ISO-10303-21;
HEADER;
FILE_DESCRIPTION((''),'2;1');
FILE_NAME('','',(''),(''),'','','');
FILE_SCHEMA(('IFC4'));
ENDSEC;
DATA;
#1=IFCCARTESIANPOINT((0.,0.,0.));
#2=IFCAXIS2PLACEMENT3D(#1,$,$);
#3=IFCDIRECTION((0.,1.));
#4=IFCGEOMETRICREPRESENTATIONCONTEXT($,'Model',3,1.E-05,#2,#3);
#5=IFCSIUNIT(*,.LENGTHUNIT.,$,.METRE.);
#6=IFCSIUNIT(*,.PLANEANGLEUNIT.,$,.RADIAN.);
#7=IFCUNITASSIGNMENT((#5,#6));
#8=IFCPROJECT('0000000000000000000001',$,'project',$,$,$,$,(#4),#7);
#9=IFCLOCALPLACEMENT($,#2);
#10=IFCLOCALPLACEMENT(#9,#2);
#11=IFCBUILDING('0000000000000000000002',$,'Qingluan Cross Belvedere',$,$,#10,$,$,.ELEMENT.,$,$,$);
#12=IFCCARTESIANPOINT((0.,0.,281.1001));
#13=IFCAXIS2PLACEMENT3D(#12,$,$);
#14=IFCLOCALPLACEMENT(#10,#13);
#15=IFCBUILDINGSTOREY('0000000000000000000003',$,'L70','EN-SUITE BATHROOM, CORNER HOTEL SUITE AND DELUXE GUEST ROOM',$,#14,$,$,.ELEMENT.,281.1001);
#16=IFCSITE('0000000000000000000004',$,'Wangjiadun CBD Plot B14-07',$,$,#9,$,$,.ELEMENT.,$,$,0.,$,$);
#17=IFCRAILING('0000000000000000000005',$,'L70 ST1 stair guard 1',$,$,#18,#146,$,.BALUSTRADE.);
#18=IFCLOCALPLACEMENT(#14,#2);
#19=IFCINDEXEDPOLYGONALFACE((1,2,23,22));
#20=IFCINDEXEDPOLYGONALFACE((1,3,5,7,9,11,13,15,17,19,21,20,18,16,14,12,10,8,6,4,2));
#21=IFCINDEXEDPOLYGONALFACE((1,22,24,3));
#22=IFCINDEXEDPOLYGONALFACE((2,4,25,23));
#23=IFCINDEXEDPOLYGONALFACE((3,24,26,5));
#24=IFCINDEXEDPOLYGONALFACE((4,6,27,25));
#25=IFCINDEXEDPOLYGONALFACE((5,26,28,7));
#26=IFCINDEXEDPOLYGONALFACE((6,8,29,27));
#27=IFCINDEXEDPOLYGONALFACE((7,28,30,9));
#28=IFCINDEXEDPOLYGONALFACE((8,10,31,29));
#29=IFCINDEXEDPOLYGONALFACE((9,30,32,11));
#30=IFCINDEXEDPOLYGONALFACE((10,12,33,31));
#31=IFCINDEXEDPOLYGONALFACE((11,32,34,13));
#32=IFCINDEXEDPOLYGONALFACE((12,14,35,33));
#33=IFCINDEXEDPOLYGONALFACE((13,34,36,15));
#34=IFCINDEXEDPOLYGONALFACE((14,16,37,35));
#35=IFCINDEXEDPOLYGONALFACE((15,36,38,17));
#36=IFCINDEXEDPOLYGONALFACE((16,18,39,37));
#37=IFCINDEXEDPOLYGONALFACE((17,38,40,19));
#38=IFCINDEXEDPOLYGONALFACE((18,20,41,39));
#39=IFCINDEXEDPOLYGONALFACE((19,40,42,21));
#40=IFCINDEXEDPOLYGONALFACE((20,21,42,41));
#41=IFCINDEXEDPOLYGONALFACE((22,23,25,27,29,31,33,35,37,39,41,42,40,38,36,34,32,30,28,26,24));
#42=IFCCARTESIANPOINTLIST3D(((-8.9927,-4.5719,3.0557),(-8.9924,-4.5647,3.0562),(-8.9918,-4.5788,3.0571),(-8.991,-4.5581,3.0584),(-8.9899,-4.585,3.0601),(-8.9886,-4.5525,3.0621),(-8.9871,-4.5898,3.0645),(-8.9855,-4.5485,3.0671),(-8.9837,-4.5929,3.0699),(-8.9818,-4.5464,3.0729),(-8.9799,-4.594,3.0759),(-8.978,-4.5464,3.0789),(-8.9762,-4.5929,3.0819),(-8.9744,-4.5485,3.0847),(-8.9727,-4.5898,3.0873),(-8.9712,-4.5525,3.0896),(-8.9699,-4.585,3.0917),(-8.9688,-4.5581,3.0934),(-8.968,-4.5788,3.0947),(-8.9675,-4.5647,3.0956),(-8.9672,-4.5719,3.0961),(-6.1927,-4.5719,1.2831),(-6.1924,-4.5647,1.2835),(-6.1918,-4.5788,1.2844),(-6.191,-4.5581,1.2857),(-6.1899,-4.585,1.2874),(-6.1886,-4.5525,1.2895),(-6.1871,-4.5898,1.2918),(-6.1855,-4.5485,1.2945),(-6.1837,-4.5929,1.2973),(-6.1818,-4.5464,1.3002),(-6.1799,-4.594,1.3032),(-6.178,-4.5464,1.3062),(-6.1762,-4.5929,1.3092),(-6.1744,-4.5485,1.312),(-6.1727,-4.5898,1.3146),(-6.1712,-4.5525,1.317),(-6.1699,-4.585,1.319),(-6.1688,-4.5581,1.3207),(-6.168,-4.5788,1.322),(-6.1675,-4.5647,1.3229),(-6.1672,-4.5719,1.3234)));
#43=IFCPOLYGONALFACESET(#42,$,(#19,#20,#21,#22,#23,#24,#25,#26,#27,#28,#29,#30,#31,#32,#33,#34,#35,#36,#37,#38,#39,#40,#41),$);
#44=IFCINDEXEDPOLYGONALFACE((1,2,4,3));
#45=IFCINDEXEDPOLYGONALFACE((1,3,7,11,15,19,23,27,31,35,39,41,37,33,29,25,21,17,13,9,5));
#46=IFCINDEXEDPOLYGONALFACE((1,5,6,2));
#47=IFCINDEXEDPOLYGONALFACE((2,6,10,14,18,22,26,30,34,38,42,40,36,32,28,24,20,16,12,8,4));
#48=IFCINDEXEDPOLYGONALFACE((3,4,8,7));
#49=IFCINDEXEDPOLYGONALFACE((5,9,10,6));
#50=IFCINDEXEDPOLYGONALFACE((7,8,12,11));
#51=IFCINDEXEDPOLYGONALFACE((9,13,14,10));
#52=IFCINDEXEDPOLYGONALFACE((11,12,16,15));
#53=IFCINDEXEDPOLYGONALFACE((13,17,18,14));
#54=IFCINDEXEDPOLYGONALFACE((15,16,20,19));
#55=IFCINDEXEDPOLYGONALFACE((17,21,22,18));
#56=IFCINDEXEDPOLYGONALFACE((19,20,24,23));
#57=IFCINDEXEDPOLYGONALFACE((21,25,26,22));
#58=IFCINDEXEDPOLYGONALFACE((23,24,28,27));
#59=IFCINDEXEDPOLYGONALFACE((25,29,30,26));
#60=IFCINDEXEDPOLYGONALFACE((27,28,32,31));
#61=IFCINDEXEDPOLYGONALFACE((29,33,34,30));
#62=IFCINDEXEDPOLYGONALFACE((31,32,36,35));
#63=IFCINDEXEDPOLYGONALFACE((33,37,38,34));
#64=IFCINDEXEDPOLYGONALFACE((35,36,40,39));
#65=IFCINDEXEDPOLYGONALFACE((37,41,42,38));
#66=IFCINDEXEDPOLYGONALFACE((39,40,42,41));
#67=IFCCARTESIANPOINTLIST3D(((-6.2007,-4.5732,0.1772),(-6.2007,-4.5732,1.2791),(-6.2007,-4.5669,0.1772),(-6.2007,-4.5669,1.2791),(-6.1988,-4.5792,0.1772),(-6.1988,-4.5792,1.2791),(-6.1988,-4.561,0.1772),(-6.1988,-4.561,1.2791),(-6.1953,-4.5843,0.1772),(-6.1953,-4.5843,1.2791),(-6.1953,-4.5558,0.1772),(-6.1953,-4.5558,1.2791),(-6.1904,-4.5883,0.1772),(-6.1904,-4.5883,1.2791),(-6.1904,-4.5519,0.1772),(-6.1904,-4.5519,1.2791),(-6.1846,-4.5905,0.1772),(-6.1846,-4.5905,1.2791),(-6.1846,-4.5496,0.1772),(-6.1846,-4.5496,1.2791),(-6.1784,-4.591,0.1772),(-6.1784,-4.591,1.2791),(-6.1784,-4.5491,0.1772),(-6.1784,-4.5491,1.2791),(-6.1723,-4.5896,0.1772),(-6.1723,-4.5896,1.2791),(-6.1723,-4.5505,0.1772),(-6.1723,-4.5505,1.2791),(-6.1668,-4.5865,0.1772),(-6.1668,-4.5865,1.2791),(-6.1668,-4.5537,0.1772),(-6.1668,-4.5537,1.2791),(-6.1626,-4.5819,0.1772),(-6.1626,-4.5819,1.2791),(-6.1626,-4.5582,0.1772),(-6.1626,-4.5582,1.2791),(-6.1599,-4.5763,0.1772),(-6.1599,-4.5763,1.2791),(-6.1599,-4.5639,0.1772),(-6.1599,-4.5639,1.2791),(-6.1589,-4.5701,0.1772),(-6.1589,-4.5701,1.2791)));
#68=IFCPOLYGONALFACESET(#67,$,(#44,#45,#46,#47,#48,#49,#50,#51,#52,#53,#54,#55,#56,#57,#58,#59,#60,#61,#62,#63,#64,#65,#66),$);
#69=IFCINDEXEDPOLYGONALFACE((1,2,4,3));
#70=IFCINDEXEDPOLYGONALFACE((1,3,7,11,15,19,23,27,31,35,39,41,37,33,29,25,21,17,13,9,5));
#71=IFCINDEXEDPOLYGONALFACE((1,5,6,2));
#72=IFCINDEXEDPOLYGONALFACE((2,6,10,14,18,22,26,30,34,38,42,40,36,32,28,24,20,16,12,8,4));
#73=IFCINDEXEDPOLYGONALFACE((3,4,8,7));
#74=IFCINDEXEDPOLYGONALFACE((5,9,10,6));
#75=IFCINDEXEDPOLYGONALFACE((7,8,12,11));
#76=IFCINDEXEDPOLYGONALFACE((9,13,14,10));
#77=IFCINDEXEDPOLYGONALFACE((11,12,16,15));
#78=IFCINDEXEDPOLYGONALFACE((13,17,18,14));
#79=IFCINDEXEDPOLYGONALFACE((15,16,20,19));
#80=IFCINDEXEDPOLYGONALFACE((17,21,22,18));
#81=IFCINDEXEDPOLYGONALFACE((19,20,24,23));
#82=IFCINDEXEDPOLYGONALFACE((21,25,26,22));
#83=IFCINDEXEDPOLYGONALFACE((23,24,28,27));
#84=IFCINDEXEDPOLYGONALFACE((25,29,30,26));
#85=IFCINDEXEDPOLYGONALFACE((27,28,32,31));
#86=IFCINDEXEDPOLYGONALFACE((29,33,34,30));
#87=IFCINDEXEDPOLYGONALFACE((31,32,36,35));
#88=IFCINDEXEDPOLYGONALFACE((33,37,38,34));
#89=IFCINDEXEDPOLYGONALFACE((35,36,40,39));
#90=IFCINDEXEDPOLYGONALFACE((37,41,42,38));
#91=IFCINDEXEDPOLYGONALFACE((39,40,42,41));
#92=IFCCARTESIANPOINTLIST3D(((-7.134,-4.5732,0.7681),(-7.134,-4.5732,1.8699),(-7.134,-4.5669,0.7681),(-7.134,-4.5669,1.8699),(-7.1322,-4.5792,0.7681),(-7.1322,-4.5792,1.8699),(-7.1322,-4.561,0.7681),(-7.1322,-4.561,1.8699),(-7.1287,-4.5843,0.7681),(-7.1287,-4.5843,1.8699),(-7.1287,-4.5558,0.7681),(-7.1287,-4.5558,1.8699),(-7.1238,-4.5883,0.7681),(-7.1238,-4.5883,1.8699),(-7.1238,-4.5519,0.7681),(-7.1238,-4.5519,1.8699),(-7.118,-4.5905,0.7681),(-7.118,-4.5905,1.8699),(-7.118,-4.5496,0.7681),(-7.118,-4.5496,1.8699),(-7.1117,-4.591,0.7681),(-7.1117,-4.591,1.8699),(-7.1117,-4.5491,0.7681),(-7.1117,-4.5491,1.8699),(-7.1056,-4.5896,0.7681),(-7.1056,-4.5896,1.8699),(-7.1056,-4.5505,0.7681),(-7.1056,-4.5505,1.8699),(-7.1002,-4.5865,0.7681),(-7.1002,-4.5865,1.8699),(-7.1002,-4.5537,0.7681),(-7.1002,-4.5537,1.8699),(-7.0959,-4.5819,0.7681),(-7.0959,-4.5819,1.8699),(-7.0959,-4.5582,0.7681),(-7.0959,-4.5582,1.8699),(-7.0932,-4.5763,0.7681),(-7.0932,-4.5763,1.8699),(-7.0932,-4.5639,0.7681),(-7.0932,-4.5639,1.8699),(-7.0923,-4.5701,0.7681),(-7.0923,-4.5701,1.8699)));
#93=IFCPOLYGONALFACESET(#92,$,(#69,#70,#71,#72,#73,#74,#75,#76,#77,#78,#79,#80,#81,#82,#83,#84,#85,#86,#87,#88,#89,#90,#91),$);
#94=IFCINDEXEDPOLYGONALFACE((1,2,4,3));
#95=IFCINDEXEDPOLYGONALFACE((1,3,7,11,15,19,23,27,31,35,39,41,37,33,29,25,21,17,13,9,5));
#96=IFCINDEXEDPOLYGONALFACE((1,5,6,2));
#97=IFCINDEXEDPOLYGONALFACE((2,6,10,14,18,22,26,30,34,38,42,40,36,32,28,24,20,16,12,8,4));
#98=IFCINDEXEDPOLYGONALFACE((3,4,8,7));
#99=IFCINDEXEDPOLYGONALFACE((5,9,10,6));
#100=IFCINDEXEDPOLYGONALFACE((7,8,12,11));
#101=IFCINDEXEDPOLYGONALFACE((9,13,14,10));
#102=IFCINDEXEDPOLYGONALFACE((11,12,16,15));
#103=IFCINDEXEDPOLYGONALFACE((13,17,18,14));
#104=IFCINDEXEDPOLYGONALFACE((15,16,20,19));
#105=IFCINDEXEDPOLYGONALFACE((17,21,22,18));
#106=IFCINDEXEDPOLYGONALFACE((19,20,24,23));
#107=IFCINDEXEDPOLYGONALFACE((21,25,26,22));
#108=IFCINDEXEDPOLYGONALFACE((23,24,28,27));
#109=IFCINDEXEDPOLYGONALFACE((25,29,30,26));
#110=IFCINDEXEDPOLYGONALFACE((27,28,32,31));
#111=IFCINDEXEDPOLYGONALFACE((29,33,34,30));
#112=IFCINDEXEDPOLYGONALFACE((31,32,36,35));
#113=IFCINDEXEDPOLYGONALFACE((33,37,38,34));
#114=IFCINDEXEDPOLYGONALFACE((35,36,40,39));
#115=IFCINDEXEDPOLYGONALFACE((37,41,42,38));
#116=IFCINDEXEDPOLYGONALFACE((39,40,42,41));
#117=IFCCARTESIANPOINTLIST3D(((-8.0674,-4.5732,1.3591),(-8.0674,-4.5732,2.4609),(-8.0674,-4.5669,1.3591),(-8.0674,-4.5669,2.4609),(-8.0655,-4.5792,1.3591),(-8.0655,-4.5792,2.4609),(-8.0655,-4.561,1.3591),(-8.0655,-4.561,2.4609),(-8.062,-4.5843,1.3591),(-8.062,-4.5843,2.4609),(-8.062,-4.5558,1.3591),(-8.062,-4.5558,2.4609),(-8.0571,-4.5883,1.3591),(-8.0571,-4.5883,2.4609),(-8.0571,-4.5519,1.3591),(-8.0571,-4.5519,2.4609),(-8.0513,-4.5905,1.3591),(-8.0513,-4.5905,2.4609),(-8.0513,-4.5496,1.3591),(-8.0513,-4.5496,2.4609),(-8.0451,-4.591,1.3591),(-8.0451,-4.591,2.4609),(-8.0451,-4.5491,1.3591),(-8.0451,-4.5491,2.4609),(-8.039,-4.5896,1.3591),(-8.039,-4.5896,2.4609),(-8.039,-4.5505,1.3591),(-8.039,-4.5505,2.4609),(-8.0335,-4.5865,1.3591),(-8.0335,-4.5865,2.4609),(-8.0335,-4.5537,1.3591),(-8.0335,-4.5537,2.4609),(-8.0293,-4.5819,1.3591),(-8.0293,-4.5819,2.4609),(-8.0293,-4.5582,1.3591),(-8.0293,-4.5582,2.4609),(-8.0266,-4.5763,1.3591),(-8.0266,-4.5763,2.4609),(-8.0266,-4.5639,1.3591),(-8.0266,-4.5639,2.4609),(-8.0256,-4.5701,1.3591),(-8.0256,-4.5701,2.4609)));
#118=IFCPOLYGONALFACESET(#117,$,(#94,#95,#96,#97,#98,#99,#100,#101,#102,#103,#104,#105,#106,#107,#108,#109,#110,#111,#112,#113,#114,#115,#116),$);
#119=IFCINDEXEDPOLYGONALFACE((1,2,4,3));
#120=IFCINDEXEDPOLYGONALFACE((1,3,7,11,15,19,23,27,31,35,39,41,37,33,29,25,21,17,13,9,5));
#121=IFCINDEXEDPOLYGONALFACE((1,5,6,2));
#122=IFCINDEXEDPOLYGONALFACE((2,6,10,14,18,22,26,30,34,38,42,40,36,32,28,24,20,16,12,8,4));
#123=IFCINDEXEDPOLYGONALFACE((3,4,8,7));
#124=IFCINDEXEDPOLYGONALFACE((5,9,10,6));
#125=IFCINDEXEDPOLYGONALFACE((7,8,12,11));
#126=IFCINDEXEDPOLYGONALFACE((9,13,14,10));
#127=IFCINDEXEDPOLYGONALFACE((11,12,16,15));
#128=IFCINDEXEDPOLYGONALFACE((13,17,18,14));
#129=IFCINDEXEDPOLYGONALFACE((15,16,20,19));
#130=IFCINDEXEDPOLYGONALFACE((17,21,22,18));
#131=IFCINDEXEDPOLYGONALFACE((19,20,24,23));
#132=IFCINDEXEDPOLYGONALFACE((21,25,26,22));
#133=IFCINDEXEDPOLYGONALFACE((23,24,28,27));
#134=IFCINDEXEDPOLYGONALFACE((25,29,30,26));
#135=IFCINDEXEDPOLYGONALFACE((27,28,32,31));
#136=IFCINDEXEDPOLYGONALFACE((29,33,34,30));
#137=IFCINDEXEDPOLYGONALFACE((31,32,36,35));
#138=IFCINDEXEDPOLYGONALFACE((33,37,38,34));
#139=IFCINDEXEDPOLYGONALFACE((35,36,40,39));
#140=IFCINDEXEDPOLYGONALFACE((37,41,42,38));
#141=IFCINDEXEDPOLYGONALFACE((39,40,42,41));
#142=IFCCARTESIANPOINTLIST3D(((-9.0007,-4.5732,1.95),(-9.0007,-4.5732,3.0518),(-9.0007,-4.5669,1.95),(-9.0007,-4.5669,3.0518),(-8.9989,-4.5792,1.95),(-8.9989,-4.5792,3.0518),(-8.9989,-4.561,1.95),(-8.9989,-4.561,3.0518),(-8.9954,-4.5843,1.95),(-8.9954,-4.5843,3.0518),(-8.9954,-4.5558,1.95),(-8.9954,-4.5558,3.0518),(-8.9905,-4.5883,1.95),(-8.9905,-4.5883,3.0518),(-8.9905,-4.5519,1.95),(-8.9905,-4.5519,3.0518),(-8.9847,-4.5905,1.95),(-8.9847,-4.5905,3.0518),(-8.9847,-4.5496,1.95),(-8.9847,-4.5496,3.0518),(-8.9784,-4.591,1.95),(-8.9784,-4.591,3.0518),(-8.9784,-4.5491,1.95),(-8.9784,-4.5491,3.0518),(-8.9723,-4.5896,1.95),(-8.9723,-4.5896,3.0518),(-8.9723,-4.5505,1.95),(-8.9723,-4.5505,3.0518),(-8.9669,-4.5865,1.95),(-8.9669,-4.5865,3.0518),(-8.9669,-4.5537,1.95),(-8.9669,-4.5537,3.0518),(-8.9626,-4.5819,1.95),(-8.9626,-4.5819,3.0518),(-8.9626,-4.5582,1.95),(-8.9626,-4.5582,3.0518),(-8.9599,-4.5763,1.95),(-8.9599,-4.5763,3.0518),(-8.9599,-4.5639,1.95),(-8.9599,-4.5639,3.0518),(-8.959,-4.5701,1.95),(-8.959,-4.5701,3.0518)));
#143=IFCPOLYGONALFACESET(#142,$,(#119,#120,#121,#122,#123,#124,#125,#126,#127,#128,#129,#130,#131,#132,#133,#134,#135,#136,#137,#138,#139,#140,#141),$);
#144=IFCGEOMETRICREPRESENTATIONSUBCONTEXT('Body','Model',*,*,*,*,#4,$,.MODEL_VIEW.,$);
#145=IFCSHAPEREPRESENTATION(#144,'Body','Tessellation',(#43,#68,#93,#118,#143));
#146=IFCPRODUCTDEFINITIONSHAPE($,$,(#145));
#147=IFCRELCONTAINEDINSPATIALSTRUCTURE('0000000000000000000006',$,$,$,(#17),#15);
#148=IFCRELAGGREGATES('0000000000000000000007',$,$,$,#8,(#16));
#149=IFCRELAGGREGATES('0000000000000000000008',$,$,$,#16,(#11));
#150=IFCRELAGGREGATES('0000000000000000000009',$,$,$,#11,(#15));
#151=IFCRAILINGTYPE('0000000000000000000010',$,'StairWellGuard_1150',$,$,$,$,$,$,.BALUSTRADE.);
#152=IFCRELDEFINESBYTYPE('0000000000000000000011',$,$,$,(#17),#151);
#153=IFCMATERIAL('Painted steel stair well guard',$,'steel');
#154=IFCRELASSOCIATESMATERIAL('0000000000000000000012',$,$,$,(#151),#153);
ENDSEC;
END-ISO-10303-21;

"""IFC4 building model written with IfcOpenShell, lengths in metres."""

from ifc_helpers import new_model, si_unit, direction, frame, origin, origin_2d, place, context, subcontext, project, spatial, circle, extrude, material, type_object, element, save


model = new_model("IFC4")

# Units and contexts
model_context = context("Model", 3, precision=1e-05, world=origin(), true_north=direction((0.0, 1.0)))
body_context = subcontext(model_context, "Body", "Model", "MODEL_VIEW")
ifc_project = project(units=[si_unit("LENGTHUNIT", "METRE"), si_unit("PLANEANGLEUNIT", "RADIAN")], contexts=[model_context])

# Site, building, storey
site_placement = place(None, origin())
site = spatial("IfcSite", under=ifc_project, at=site_placement, Name="Wangjiadun CBD Plot B14-07", CompositionType="ELEMENT", RefElevation=0.0)
building_placement = place(site_placement, origin())
building = spatial("IfcBuilding", under=site, at=building_placement, Name="Qingluan Cross Belvedere", CompositionType="ELEMENT")
storey_placement = place(building_placement, frame((0.0, 0.0, 281.1001)))
storey = spatial("IfcBuildingStorey", under=building, at=storey_placement, Name="L70", Description="EN-SUITE BATHROOM, CORNER HOTEL SUITE AND DELUXE GUEST ROOM", CompositionType="ELEMENT", Elevation=281.1001)

# Railing
ifc_material_1 = material(Name="Painted steel stair well guard", Category="steel")
railing_type_1 = type_object("IfcRailingType", Name="StairWellGuard_1150", PredefinedType="BALUSTRADE", material=ifc_material_1)
railing_1_placement = place(storey_placement, frame((-6.1799, -4.5701, 0.1772)))
element("IfcRailing", 1, at=railing_1_placement, inside=storey, type_object=railing_type_1, Name="L70 ST1 stair guard 1", PredefinedType="BALUSTRADE", context=body_context, shape_type="SweptSolid", body=[
    extrude(circle(Radius=0.0239, at=origin_2d()), frame((0.0, 0.0, 1.126), z_axis=(-0.844909, 0.0, 0.53491), x_axis=(0.0, -1.0, 0.0)), (0.0, 0.0, 1.0), 3.314),
    extrude(circle(Radius=0.021, at=origin_2d()), origin(), (0.0, 0.0, 1.0), 1.1018),
    extrude(circle(Radius=0.021, at=origin_2d()), frame((-0.9333, 0.0, 0.5908)), (0.0, 0.0, 1.0), 1.1018),
    extrude(circle(Radius=0.021, at=origin_2d()), frame((-1.8667, 0.0, 1.1819)), (0.0, 0.0, 1.0), 1.1018),
    extrude(circle(Radius=0.021, at=origin_2d()), frame((-2.8, 0.0, 1.7727)), (0.0, 0.0, 1.0), 1.1018),
])

save(model, "model.ifc")
